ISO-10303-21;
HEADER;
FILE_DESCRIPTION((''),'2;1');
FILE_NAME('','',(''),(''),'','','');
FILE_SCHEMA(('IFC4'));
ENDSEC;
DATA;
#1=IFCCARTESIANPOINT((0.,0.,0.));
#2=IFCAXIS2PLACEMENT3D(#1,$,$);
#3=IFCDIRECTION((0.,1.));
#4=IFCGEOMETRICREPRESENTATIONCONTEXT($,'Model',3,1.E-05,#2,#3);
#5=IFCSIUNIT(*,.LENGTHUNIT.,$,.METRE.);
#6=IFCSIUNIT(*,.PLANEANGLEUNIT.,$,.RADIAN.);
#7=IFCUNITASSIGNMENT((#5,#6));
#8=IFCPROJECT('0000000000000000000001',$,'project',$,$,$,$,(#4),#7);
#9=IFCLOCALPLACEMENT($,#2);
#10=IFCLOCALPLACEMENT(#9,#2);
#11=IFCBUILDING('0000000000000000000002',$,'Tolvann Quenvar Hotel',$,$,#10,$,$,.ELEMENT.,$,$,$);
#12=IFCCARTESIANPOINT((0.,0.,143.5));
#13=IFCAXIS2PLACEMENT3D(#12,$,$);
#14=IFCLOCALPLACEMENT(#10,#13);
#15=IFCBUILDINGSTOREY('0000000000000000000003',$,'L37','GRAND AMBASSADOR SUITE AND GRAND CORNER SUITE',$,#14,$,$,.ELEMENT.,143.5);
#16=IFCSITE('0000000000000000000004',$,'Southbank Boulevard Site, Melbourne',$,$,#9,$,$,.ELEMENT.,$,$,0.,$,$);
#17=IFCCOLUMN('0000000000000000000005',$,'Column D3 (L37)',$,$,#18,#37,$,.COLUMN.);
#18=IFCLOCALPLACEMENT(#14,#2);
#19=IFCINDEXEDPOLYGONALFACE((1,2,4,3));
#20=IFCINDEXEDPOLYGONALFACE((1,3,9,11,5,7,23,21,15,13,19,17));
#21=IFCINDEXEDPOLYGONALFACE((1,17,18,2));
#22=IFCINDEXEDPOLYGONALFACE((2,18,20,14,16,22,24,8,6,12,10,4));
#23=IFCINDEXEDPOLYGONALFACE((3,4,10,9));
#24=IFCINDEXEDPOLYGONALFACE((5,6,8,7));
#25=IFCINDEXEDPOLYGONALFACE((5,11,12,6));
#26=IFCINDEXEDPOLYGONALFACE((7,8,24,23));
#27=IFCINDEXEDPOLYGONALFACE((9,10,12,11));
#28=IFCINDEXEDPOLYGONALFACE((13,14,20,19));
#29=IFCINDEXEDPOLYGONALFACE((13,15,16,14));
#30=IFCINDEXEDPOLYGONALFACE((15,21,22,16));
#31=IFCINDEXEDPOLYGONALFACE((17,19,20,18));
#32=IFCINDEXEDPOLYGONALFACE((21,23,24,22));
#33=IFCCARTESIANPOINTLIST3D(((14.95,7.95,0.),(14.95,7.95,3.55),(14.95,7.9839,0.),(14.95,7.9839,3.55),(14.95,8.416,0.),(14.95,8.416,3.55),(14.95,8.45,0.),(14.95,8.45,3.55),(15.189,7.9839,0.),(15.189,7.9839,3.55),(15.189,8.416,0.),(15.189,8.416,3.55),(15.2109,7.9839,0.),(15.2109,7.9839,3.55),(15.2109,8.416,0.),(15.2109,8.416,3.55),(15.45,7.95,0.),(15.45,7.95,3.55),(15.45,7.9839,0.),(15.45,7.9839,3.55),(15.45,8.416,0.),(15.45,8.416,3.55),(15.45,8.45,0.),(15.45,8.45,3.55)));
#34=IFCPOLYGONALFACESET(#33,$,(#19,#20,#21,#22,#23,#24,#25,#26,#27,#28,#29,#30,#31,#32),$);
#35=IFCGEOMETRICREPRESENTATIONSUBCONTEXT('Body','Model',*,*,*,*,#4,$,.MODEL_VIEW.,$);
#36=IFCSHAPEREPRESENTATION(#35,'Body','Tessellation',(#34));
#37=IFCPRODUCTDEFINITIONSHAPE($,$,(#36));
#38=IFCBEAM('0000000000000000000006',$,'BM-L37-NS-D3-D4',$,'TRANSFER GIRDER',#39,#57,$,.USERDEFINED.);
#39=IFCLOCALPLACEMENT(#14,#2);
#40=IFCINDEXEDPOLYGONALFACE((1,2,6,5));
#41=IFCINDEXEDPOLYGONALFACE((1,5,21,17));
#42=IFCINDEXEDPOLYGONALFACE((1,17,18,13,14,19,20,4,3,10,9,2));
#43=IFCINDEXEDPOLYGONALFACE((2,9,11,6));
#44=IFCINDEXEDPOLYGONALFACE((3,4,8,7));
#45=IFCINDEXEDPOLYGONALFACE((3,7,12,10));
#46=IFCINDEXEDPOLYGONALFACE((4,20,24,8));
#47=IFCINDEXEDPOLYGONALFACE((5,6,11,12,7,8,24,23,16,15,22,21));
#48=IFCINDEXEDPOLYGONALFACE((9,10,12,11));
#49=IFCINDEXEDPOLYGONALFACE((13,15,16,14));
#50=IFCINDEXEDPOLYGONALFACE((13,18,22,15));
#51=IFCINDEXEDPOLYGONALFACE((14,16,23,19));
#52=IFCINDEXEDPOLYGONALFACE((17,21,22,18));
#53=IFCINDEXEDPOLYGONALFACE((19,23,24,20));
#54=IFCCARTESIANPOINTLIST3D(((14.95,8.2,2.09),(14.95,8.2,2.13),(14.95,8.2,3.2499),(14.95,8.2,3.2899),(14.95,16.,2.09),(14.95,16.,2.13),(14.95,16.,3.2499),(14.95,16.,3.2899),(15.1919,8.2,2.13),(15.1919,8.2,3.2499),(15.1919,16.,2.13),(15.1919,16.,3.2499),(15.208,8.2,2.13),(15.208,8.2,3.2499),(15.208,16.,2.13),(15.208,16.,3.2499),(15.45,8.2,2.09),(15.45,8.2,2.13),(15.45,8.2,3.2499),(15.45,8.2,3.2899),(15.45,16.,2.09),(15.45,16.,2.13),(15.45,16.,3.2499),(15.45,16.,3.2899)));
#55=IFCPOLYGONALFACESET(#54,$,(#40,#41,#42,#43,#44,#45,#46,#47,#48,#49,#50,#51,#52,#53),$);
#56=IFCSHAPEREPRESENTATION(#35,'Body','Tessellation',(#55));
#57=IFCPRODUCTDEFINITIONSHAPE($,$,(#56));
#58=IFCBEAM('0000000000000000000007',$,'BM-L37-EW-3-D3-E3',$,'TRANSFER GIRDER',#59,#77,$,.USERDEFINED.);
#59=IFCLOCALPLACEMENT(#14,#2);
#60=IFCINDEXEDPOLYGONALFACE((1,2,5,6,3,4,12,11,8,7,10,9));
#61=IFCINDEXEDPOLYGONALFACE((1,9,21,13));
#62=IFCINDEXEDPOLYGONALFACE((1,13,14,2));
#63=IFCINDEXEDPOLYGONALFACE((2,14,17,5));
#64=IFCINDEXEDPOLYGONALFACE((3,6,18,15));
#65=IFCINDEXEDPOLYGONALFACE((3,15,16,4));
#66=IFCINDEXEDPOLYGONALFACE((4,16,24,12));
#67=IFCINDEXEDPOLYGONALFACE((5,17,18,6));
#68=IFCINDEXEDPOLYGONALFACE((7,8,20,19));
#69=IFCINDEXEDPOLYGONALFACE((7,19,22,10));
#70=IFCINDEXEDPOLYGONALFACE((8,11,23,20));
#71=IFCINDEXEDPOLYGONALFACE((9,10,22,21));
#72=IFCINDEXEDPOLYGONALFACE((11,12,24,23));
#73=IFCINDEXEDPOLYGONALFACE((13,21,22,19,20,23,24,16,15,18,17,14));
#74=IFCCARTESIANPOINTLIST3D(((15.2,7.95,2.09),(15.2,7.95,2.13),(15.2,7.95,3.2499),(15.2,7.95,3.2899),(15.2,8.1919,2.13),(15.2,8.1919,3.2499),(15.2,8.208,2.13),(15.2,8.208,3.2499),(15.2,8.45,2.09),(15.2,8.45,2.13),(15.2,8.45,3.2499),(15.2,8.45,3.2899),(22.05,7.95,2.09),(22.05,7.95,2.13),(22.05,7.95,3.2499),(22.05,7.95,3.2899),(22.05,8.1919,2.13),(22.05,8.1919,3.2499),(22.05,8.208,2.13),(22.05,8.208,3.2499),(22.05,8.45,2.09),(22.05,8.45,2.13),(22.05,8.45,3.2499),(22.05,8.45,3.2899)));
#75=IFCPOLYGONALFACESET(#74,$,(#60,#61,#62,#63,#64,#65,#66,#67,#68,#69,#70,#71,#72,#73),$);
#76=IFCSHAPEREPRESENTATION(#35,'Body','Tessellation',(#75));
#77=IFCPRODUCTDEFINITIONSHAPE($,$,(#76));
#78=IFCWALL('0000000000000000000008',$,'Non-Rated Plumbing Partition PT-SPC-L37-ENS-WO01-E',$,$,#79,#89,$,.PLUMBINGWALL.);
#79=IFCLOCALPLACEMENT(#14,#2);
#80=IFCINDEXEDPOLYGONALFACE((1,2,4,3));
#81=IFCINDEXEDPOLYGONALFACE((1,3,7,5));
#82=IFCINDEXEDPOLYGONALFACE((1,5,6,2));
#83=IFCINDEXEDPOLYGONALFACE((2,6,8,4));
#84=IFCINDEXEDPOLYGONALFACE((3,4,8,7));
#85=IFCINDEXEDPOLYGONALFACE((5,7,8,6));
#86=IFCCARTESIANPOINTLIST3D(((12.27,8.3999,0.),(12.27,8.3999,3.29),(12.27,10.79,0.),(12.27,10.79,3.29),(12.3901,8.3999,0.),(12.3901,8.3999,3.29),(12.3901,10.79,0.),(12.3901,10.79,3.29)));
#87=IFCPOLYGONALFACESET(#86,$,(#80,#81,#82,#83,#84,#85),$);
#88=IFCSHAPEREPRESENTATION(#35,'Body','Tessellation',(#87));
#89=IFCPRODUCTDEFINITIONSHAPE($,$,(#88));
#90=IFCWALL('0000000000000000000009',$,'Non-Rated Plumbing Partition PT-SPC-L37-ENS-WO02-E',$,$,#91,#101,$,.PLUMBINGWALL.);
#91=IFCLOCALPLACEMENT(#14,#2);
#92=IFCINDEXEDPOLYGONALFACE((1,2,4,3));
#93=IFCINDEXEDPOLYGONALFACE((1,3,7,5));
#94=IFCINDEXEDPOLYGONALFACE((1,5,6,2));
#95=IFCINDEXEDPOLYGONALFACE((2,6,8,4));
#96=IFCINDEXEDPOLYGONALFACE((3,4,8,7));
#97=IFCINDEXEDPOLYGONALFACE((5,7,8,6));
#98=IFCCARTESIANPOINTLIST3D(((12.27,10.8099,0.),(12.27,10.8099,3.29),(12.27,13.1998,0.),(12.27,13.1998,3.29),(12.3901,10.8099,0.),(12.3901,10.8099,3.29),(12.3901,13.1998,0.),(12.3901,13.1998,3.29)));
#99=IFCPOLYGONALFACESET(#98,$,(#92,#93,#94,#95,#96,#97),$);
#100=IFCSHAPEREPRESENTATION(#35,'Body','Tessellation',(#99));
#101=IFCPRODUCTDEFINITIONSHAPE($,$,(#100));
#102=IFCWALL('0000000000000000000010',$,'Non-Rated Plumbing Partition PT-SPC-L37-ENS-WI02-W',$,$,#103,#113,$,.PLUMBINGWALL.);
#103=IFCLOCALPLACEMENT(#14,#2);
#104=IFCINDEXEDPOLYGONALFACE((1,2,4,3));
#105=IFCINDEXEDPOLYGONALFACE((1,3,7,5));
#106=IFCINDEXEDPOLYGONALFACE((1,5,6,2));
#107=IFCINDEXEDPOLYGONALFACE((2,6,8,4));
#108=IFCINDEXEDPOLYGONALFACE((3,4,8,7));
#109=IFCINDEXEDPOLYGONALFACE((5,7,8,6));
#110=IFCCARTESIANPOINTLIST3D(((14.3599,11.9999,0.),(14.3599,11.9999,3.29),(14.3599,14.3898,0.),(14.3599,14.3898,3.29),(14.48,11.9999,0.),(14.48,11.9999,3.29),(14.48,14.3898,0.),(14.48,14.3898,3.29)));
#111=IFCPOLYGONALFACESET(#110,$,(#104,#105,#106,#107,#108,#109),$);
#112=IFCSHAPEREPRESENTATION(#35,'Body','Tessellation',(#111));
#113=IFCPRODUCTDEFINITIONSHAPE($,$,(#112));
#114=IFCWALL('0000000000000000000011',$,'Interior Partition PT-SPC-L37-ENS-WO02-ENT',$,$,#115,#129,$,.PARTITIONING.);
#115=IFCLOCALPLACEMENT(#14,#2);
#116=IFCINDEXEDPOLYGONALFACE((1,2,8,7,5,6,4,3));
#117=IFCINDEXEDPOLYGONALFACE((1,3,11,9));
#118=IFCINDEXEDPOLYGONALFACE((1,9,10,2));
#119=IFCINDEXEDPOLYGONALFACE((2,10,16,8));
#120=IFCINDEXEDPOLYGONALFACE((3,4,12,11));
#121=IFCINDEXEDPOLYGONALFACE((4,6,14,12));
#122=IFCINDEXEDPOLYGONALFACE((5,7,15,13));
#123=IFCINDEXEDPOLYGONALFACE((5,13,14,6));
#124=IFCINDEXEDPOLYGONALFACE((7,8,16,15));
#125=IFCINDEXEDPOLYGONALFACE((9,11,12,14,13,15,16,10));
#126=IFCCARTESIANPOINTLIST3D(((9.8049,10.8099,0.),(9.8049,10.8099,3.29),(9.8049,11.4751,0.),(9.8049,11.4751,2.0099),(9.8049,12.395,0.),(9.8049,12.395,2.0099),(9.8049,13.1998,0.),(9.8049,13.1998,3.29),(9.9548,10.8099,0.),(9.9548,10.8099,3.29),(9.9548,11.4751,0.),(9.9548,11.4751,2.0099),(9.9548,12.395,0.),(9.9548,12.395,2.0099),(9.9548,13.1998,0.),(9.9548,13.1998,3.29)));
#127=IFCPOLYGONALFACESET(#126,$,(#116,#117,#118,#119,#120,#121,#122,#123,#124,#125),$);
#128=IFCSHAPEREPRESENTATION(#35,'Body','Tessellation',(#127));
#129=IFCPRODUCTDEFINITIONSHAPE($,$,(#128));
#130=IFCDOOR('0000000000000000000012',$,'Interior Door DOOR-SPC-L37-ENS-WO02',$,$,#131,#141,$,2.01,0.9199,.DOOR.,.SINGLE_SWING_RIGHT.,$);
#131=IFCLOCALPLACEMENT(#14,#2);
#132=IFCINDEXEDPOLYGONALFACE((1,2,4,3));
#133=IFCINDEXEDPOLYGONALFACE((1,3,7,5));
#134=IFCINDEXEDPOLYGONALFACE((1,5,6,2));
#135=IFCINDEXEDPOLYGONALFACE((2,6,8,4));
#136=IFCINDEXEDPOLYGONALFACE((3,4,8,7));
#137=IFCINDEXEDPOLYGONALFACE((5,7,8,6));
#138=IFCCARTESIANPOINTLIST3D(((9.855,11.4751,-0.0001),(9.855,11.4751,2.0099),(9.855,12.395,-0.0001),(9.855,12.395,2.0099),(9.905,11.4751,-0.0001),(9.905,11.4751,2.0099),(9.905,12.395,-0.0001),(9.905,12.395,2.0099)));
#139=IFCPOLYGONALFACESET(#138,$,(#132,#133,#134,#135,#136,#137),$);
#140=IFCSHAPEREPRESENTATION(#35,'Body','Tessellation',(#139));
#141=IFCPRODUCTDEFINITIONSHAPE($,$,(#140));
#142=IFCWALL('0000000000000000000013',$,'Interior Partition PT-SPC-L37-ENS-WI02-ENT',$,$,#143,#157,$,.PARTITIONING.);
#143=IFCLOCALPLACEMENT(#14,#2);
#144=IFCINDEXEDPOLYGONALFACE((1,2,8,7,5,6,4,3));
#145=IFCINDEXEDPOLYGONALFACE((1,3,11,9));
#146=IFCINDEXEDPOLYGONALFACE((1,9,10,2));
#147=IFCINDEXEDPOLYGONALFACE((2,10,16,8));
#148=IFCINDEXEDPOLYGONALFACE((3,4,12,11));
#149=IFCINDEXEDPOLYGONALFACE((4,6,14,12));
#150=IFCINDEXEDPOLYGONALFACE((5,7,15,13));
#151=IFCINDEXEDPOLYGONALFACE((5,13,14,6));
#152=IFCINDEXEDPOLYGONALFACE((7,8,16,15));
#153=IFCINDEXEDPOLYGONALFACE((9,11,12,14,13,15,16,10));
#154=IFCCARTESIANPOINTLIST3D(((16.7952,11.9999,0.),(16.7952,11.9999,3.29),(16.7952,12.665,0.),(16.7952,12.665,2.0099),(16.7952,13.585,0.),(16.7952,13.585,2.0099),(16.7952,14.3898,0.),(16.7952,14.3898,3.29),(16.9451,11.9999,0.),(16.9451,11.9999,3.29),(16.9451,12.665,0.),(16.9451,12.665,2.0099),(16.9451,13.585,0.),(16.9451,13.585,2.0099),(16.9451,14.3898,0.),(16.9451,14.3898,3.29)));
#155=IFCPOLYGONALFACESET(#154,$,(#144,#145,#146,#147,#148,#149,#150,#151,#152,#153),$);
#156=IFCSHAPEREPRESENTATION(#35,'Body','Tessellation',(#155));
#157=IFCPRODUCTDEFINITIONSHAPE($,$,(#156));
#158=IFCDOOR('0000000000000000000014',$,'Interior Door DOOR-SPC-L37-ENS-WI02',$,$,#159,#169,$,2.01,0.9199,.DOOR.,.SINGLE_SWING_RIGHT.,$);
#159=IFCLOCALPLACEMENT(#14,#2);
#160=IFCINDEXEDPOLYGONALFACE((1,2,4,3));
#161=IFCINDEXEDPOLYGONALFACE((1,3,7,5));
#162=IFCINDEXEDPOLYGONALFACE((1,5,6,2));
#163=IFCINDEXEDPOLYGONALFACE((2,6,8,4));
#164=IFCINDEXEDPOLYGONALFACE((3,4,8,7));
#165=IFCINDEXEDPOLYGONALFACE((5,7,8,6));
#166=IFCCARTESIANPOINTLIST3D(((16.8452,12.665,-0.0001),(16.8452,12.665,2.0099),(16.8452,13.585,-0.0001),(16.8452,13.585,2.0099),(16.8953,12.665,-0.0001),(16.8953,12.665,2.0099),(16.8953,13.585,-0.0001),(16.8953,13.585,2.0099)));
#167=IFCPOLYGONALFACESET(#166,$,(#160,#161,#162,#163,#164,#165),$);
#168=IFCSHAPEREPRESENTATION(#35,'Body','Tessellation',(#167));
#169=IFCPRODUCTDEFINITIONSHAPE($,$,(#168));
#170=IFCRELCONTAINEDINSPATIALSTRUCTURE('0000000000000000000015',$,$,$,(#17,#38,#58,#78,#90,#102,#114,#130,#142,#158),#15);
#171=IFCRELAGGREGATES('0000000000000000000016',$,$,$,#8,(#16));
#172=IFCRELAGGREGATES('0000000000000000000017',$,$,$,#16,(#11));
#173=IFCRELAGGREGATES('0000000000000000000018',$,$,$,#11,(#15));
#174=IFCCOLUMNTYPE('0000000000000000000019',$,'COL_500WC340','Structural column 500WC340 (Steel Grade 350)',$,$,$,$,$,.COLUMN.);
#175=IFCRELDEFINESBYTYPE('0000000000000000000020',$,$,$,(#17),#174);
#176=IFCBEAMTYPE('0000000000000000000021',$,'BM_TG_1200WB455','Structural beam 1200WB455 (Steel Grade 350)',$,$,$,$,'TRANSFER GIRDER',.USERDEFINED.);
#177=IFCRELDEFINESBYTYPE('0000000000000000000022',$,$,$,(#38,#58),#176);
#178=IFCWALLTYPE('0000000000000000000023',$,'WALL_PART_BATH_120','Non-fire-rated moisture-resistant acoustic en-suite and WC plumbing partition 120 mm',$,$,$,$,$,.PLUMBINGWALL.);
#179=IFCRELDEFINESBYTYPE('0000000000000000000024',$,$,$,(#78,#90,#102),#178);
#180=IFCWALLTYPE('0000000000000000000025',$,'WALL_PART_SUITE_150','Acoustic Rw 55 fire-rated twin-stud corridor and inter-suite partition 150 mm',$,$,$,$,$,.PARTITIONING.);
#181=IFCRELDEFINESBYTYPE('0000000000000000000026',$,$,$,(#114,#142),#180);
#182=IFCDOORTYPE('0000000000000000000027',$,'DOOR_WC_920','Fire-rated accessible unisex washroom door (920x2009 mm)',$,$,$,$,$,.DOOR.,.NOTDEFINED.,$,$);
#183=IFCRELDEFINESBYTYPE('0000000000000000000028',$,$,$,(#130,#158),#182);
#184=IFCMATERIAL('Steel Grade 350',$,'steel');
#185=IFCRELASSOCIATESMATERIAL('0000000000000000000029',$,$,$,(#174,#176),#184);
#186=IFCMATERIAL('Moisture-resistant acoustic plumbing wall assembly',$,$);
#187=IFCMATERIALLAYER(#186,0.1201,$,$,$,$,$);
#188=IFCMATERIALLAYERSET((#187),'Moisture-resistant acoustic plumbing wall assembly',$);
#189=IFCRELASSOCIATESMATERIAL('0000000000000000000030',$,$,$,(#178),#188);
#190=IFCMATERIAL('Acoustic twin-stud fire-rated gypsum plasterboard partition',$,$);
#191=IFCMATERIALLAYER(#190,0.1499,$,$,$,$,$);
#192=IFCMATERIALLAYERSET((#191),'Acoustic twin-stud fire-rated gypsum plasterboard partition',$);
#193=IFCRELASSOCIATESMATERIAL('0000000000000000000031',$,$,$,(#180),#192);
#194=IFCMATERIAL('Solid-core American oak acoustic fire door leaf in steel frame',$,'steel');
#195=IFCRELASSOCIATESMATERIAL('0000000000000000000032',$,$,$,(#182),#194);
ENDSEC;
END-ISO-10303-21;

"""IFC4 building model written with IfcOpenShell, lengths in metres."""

from ifc_helpers import new_model, si_unit, direction, frame, frame_2d, origin, origin_2d, place, context, subcontext, project, spatial, rectangle, i_section, extrude, source, transform, mapped, material, layer, layer_set, material_profile, profile_set, type_object, type_shapes, element, fill, save


model = new_model("IFC4")

# Units and contexts
model_context = context("Model", 3, precision=1e-05, world=origin(), true_north=direction((0.0, 1.0)))
body_context = subcontext(model_context, "Body", "Model", "MODEL_VIEW")
ifc_project = project(units=[si_unit("LENGTHUNIT", "METRE"), si_unit("PLANEANGLEUNIT", "RADIAN")], contexts=[model_context])

# Site, building, storey
site_placement = place(None, origin())
site = spatial("IfcSite", under=ifc_project, at=site_placement, Name="Southbank Boulevard Site, Melbourne", CompositionType="ELEMENT", RefElevation=0.0)
building_placement = place(site_placement, origin())
building = spatial("IfcBuilding", under=site, at=building_placement, Name="Tolvann Quenvar Hotel", CompositionType="ELEMENT")
storey_placement = place(building_placement, frame((0.0, 0.0, 143.5)))
storey = spatial("IfcBuildingStorey", under=building, at=storey_placement, Name="L37", Description="GRAND AMBASSADOR SUITE AND GRAND CORNER SUITE", CompositionType="ELEMENT", Elevation=143.5)

# Column
ifc_material_1 = material(Name="Steel Grade 350", Category="steel")
ifc_material_profile_1 = material_profile(ifc_material_1, i_section(OverallWidth=0.5, OverallDepth=0.5, WebThickness=0.022, FlangeThickness=0.0339, at=origin_2d()), Name="500WC340")
ifc_profile_set_1 = profile_set([ifc_material_profile_1], Name="Steel Grade 350")
column_type = type_object("IfcColumnType", Name="COL_500WC340", Description="Structural column 500WC340 (Steel Grade 350)", PredefinedType="COLUMN", material=ifc_profile_set_1)
shared_shape_1 = source(origin(), body_context, "Body", "SweptSolid", [
    extrude(i_section(OverallWidth=0.5, OverallDepth=0.5, WebThickness=0.022, FlangeThickness=0.0339, at=origin_2d()), origin(), (0.0, 0.0, 1.0), 3.55),
])
type_shapes(column_type, [shared_shape_1])
column_placement = place(storey_placement, frame((15.2, 8.2, 0.0), z_axis=(0.0, 0.0, 1.0), x_axis=(1.0, 0.0, 0.0)))
element("IfcColumn", 1, at=column_placement, inside=storey, type_object=column_type, Name="Column D3 (L37)", PredefinedType="COLUMN", context=body_context, shape_type="MappedRepresentation", body=[
    mapped(shared_shape_1, transform((0.0, 0.0, 0.0), x_axis=(1.0, 0.0, 0.0), y_axis=(0.0, 1.0, 0.0), z_axis=(0.0, 0.0, 1.0), scale=1.0)),
])

# Beams
ifc_material_profile_2 = material_profile(ifc_material_1, i_section(OverallWidth=0.5, OverallDepth=1.2, WebThickness=0.0161, FlangeThickness=0.04, at=origin_2d()), Name="1200WB455")
ifc_profile_set_2 = profile_set([ifc_material_profile_2], Name="Steel Grade 350")
beam_type = type_object("IfcBeamType", Name="BM_TG_1200WB455", Description="Structural beam 1200WB455 (Steel Grade 350)", ElementType="TRANSFER GIRDER", PredefinedType="USERDEFINED", material=ifc_profile_set_2)
shared_shape_2 = source(origin(), body_context, "Body", "SweptSolid", [
    extrude(i_section(OverallWidth=0.5, OverallDepth=1.2, WebThickness=0.0161, FlangeThickness=0.04, at=origin_2d()), origin(), (0.0, 0.0, 1.0), 7.8),
])
beam_1_placement = place(storey_placement, frame((15.2, 8.2, 2.6899), z_axis=(0.0, 1.0, 0.0), x_axis=(-1.0, 0.0, 0.0)))
element("IfcBeam", 2, at=beam_1_placement, inside=storey, type_object=beam_type, Name="BM-L37-NS-D3-D4", ObjectType="TRANSFER GIRDER", PredefinedType="USERDEFINED", context=body_context, shape_type="MappedRepresentation", body=[
    mapped(shared_shape_2, transform((0.0, 0.0, 0.0), x_axis=(1.0, 0.0, 0.0), y_axis=(0.0, 1.0, 0.0), z_axis=(0.0, 0.0, 1.0), scale=1.0)),
])
shared_shape_3 = source(origin(), body_context, "Body", "SweptSolid", [
    extrude(i_section(OverallWidth=0.5, OverallDepth=1.2, WebThickness=0.0161, FlangeThickness=0.04, at=origin_2d()), origin(), (0.0, 0.0, 1.0), 6.8501),
])
type_shapes(beam_type, [shared_shape_2, shared_shape_3])
beam_2_placement = place(storey_placement, frame((15.2, 8.2, 2.6899), z_axis=(1.0, 0.0, 0.0), x_axis=(0.0, 1.0, 0.0)))
element("IfcBeam", 3, at=beam_2_placement, inside=storey, type_object=beam_type, Name="BM-L37-EW-3-D3-E3", ObjectType="TRANSFER GIRDER", PredefinedType="USERDEFINED", context=body_context, shape_type="MappedRepresentation", body=[
    mapped(shared_shape_3, transform((0.0, 0.0, 0.0), x_axis=(1.0, 0.0, 0.0), y_axis=(0.0, 1.0, 0.0), z_axis=(0.0, 0.0, 1.0), scale=1.0)),
])

# Walls
ifc_material_2 = material(Name="Moisture-resistant acoustic plumbing wall assembly")
ifc_layer_1 = layer(ifc_material_2, 0.1201)
ifc_layer_set_1 = layer_set([ifc_layer_1], Name="Moisture-resistant acoustic plumbing wall assembly")
wall_type_1 = type_object("IfcWallType", Name="WALL_PART_BATH_120", Description="Non-fire-rated moisture-resistant acoustic en-suite and WC plumbing partition 120 mm", PredefinedType="PLUMBINGWALL", material=ifc_layer_set_1)
wall_1_placement = place(storey_placement, frame((12.3301, 8.3999, 0.0), z_axis=(0.0, 0.0, 1.0), x_axis=(0.0, 1.0, 0.0)))
element("IfcWall", 4, at=wall_1_placement, inside=storey, type_object=wall_type_1, Name="Non-Rated Plumbing Partition PT-SPC-L37-ENS-WO01-E", PredefinedType="PLUMBINGWALL", context=body_context, shape_type="SweptSolid", body=[
    extrude(rectangle(XDim=2.3901, YDim=0.1201, at=frame_2d((1.1951, 0.0))), origin(), (0.0, 0.0, 1.0), 3.29),
])
for number, where, z_axis, x_axis, name in (
    (5, (12.3301, 10.8101, 0.0), (0.0, 0.0, 1.0), (0.0, 1.0, 0.0), "Non-Rated Plumbing Partition PT-SPC-L37-ENS-WO02-E"),
    (6, (14.4199, 12.0, 0.0), (0.0, 0.0, 1.0), (0.0, 1.0, 0.0), "Non-Rated Plumbing Partition PT-SPC-L37-ENS-WI02-W"),
):
    element("IfcWall", number, at=place(storey_placement, frame(where, z_axis=z_axis, x_axis=x_axis)), inside=storey, type_object=wall_type_1, Name=name, PredefinedType="PLUMBINGWALL", context=body_context, shape_type="SweptSolid", body=[
        extrude(rectangle(XDim=2.3899, YDim=0.1201, at=frame_2d((1.1948, 0.0))), origin(), (0.0, 0.0, 1.0), 3.29),
    ])

# Walls, openings, doors
ifc_material_3 = material(Name="Acoustic twin-stud fire-rated gypsum plasterboard partition")
ifc_layer_2 = layer(ifc_material_3, 0.1499)
ifc_layer_set_2 = layer_set([ifc_layer_2], Name="Acoustic twin-stud fire-rated gypsum plasterboard partition")
wall_type_2 = type_object("IfcWallType", Name="WALL_PART_SUITE_150", Description="Acoustic Rw 55 fire-rated twin-stud corridor and inter-suite partition 150 mm", PredefinedType="PARTITIONING", material=ifc_layer_set_2)
wall_2_placement = place(storey_placement, frame((9.8799, 10.8101, 0.0), z_axis=(0.0, 0.0, 1.0), x_axis=(0.0, 1.0, 0.0)))
wall_2 = element("IfcWall", 7, at=wall_2_placement, inside=storey, type_object=wall_type_2, Name="Interior Partition PT-SPC-L37-ENS-WO02-ENT", PredefinedType="PARTITIONING", context=body_context, shape_type="SweptSolid", body=[
    extrude(rectangle(XDim=2.3899, YDim=0.1499, at=frame_2d((1.1948, 0.0))), origin(), (0.0, 0.0, 1.0), 3.29),
])
opening_1_placement = place(wall_2_placement, frame((0.665, 0.0, 0.0)))
opening_1 = element("IfcOpeningElement", 8, at=opening_1_placement, cuts=wall_2, PredefinedType="OPENING", context=body_context, shape_type="SweptSolid", body=[
    extrude(rectangle(XDim=0.9199, YDim=2.01, at=frame_2d((0.46, 1.0049))), frame((0.0, 0.085, 0.0), z_axis=(0.0, -1.0, 0.0), x_axis=(1.0, 0.0, 0.0)), (0.0, 0.0, 1.0), 0.1699),
])
ifc_material_4 = material(Name="Solid-core American oak acoustic fire door leaf in steel frame", Category="steel")
door_type_1 = type_object("IfcDoorType", Name="DOOR_WC_920", Description="Fire-rated accessible unisex washroom door (920x2009 mm)", OperationType="NOTDEFINED", PredefinedType="DOOR", material=ifc_material_4)
shared_shape_4 = source(origin(), body_context, "Body", "SweptSolid", [
    extrude(rectangle(XDim=0.9199, YDim=2.01, at=frame_2d((0.46, 1.0049))), frame((0.0, 0.0249, 0.0), z_axis=(0.0, -1.0, 0.0), x_axis=(1.0, 0.0, 0.0)), (0.0, 0.0, 1.0), 0.05),
])
type_shapes(door_type_1, [shared_shape_4])
door_1_placement = place(opening_1_placement, origin())
door_1 = element("IfcDoor", 9, at=door_1_placement, inside=storey, type_object=door_type_1, Name="Interior Door DOOR-SPC-L37-ENS-WO02", OperationType="SINGLE_SWING_RIGHT", OverallHeight=2.01, OverallWidth=0.9199, PredefinedType="DOOR", context=body_context, shape_type="MappedRepresentation", body=[
    mapped(shared_shape_4, transform((0.0, 0.0, 0.0), x_axis=(1.0, 0.0, 0.0), y_axis=(0.0, 1.0, 0.0), z_axis=(0.0, 0.0, 1.0), scale=1.0)),
])
fill(opening_1, door_1)
wall_3_placement = place(storey_placement, frame((16.8701, 12.0, 0.0), z_axis=(0.0, 0.0, 1.0), x_axis=(0.0, 1.0, 0.0)))
wall_3 = element("IfcWall", 10, at=wall_3_placement, inside=storey, type_object=wall_type_2, Name="Interior Partition PT-SPC-L37-ENS-WI02-ENT", PredefinedType="PARTITIONING", context=body_context, shape_type="SweptSolid", body=[
    extrude(rectangle(XDim=2.3899, YDim=0.1499, at=frame_2d((1.1948, 0.0))), origin(), (0.0, 0.0, 1.0), 3.29),
])
opening_2_placement = place(wall_3_placement, frame((0.665, 0.0, 0.0)))
opening_2 = element("IfcOpeningElement", 11, at=opening_2_placement, cuts=wall_3, PredefinedType="OPENING", context=body_context, shape_type="SweptSolid", body=[
    extrude(rectangle(XDim=0.9199, YDim=2.01, at=frame_2d((0.46, 1.0049))), frame((0.0, 0.085, 0.0), z_axis=(0.0, -1.0, 0.0), x_axis=(1.0, 0.0, 0.0)), (0.0, 0.0, 1.0), 0.1699),
])
door_2_placement = place(opening_2_placement, origin())
door_2 = element("IfcDoor", 12, at=door_2_placement, inside=storey, type_object=door_type_1, Name="Interior Door DOOR-SPC-L37-ENS-WI02", OperationType="SINGLE_SWING_RIGHT", OverallHeight=2.01, OverallWidth=0.9199, PredefinedType="DOOR", context=body_context, shape_type="MappedRepresentation", body=[
    mapped(shared_shape_4, transform((0.0, 0.0, 0.0), x_axis=(1.0, 0.0, 0.0), y_axis=(0.0, 1.0, 0.0), z_axis=(0.0, 0.0, 1.0), scale=1.0)),
])
fill(opening_2, door_2)

save(model, "model.ifc")
